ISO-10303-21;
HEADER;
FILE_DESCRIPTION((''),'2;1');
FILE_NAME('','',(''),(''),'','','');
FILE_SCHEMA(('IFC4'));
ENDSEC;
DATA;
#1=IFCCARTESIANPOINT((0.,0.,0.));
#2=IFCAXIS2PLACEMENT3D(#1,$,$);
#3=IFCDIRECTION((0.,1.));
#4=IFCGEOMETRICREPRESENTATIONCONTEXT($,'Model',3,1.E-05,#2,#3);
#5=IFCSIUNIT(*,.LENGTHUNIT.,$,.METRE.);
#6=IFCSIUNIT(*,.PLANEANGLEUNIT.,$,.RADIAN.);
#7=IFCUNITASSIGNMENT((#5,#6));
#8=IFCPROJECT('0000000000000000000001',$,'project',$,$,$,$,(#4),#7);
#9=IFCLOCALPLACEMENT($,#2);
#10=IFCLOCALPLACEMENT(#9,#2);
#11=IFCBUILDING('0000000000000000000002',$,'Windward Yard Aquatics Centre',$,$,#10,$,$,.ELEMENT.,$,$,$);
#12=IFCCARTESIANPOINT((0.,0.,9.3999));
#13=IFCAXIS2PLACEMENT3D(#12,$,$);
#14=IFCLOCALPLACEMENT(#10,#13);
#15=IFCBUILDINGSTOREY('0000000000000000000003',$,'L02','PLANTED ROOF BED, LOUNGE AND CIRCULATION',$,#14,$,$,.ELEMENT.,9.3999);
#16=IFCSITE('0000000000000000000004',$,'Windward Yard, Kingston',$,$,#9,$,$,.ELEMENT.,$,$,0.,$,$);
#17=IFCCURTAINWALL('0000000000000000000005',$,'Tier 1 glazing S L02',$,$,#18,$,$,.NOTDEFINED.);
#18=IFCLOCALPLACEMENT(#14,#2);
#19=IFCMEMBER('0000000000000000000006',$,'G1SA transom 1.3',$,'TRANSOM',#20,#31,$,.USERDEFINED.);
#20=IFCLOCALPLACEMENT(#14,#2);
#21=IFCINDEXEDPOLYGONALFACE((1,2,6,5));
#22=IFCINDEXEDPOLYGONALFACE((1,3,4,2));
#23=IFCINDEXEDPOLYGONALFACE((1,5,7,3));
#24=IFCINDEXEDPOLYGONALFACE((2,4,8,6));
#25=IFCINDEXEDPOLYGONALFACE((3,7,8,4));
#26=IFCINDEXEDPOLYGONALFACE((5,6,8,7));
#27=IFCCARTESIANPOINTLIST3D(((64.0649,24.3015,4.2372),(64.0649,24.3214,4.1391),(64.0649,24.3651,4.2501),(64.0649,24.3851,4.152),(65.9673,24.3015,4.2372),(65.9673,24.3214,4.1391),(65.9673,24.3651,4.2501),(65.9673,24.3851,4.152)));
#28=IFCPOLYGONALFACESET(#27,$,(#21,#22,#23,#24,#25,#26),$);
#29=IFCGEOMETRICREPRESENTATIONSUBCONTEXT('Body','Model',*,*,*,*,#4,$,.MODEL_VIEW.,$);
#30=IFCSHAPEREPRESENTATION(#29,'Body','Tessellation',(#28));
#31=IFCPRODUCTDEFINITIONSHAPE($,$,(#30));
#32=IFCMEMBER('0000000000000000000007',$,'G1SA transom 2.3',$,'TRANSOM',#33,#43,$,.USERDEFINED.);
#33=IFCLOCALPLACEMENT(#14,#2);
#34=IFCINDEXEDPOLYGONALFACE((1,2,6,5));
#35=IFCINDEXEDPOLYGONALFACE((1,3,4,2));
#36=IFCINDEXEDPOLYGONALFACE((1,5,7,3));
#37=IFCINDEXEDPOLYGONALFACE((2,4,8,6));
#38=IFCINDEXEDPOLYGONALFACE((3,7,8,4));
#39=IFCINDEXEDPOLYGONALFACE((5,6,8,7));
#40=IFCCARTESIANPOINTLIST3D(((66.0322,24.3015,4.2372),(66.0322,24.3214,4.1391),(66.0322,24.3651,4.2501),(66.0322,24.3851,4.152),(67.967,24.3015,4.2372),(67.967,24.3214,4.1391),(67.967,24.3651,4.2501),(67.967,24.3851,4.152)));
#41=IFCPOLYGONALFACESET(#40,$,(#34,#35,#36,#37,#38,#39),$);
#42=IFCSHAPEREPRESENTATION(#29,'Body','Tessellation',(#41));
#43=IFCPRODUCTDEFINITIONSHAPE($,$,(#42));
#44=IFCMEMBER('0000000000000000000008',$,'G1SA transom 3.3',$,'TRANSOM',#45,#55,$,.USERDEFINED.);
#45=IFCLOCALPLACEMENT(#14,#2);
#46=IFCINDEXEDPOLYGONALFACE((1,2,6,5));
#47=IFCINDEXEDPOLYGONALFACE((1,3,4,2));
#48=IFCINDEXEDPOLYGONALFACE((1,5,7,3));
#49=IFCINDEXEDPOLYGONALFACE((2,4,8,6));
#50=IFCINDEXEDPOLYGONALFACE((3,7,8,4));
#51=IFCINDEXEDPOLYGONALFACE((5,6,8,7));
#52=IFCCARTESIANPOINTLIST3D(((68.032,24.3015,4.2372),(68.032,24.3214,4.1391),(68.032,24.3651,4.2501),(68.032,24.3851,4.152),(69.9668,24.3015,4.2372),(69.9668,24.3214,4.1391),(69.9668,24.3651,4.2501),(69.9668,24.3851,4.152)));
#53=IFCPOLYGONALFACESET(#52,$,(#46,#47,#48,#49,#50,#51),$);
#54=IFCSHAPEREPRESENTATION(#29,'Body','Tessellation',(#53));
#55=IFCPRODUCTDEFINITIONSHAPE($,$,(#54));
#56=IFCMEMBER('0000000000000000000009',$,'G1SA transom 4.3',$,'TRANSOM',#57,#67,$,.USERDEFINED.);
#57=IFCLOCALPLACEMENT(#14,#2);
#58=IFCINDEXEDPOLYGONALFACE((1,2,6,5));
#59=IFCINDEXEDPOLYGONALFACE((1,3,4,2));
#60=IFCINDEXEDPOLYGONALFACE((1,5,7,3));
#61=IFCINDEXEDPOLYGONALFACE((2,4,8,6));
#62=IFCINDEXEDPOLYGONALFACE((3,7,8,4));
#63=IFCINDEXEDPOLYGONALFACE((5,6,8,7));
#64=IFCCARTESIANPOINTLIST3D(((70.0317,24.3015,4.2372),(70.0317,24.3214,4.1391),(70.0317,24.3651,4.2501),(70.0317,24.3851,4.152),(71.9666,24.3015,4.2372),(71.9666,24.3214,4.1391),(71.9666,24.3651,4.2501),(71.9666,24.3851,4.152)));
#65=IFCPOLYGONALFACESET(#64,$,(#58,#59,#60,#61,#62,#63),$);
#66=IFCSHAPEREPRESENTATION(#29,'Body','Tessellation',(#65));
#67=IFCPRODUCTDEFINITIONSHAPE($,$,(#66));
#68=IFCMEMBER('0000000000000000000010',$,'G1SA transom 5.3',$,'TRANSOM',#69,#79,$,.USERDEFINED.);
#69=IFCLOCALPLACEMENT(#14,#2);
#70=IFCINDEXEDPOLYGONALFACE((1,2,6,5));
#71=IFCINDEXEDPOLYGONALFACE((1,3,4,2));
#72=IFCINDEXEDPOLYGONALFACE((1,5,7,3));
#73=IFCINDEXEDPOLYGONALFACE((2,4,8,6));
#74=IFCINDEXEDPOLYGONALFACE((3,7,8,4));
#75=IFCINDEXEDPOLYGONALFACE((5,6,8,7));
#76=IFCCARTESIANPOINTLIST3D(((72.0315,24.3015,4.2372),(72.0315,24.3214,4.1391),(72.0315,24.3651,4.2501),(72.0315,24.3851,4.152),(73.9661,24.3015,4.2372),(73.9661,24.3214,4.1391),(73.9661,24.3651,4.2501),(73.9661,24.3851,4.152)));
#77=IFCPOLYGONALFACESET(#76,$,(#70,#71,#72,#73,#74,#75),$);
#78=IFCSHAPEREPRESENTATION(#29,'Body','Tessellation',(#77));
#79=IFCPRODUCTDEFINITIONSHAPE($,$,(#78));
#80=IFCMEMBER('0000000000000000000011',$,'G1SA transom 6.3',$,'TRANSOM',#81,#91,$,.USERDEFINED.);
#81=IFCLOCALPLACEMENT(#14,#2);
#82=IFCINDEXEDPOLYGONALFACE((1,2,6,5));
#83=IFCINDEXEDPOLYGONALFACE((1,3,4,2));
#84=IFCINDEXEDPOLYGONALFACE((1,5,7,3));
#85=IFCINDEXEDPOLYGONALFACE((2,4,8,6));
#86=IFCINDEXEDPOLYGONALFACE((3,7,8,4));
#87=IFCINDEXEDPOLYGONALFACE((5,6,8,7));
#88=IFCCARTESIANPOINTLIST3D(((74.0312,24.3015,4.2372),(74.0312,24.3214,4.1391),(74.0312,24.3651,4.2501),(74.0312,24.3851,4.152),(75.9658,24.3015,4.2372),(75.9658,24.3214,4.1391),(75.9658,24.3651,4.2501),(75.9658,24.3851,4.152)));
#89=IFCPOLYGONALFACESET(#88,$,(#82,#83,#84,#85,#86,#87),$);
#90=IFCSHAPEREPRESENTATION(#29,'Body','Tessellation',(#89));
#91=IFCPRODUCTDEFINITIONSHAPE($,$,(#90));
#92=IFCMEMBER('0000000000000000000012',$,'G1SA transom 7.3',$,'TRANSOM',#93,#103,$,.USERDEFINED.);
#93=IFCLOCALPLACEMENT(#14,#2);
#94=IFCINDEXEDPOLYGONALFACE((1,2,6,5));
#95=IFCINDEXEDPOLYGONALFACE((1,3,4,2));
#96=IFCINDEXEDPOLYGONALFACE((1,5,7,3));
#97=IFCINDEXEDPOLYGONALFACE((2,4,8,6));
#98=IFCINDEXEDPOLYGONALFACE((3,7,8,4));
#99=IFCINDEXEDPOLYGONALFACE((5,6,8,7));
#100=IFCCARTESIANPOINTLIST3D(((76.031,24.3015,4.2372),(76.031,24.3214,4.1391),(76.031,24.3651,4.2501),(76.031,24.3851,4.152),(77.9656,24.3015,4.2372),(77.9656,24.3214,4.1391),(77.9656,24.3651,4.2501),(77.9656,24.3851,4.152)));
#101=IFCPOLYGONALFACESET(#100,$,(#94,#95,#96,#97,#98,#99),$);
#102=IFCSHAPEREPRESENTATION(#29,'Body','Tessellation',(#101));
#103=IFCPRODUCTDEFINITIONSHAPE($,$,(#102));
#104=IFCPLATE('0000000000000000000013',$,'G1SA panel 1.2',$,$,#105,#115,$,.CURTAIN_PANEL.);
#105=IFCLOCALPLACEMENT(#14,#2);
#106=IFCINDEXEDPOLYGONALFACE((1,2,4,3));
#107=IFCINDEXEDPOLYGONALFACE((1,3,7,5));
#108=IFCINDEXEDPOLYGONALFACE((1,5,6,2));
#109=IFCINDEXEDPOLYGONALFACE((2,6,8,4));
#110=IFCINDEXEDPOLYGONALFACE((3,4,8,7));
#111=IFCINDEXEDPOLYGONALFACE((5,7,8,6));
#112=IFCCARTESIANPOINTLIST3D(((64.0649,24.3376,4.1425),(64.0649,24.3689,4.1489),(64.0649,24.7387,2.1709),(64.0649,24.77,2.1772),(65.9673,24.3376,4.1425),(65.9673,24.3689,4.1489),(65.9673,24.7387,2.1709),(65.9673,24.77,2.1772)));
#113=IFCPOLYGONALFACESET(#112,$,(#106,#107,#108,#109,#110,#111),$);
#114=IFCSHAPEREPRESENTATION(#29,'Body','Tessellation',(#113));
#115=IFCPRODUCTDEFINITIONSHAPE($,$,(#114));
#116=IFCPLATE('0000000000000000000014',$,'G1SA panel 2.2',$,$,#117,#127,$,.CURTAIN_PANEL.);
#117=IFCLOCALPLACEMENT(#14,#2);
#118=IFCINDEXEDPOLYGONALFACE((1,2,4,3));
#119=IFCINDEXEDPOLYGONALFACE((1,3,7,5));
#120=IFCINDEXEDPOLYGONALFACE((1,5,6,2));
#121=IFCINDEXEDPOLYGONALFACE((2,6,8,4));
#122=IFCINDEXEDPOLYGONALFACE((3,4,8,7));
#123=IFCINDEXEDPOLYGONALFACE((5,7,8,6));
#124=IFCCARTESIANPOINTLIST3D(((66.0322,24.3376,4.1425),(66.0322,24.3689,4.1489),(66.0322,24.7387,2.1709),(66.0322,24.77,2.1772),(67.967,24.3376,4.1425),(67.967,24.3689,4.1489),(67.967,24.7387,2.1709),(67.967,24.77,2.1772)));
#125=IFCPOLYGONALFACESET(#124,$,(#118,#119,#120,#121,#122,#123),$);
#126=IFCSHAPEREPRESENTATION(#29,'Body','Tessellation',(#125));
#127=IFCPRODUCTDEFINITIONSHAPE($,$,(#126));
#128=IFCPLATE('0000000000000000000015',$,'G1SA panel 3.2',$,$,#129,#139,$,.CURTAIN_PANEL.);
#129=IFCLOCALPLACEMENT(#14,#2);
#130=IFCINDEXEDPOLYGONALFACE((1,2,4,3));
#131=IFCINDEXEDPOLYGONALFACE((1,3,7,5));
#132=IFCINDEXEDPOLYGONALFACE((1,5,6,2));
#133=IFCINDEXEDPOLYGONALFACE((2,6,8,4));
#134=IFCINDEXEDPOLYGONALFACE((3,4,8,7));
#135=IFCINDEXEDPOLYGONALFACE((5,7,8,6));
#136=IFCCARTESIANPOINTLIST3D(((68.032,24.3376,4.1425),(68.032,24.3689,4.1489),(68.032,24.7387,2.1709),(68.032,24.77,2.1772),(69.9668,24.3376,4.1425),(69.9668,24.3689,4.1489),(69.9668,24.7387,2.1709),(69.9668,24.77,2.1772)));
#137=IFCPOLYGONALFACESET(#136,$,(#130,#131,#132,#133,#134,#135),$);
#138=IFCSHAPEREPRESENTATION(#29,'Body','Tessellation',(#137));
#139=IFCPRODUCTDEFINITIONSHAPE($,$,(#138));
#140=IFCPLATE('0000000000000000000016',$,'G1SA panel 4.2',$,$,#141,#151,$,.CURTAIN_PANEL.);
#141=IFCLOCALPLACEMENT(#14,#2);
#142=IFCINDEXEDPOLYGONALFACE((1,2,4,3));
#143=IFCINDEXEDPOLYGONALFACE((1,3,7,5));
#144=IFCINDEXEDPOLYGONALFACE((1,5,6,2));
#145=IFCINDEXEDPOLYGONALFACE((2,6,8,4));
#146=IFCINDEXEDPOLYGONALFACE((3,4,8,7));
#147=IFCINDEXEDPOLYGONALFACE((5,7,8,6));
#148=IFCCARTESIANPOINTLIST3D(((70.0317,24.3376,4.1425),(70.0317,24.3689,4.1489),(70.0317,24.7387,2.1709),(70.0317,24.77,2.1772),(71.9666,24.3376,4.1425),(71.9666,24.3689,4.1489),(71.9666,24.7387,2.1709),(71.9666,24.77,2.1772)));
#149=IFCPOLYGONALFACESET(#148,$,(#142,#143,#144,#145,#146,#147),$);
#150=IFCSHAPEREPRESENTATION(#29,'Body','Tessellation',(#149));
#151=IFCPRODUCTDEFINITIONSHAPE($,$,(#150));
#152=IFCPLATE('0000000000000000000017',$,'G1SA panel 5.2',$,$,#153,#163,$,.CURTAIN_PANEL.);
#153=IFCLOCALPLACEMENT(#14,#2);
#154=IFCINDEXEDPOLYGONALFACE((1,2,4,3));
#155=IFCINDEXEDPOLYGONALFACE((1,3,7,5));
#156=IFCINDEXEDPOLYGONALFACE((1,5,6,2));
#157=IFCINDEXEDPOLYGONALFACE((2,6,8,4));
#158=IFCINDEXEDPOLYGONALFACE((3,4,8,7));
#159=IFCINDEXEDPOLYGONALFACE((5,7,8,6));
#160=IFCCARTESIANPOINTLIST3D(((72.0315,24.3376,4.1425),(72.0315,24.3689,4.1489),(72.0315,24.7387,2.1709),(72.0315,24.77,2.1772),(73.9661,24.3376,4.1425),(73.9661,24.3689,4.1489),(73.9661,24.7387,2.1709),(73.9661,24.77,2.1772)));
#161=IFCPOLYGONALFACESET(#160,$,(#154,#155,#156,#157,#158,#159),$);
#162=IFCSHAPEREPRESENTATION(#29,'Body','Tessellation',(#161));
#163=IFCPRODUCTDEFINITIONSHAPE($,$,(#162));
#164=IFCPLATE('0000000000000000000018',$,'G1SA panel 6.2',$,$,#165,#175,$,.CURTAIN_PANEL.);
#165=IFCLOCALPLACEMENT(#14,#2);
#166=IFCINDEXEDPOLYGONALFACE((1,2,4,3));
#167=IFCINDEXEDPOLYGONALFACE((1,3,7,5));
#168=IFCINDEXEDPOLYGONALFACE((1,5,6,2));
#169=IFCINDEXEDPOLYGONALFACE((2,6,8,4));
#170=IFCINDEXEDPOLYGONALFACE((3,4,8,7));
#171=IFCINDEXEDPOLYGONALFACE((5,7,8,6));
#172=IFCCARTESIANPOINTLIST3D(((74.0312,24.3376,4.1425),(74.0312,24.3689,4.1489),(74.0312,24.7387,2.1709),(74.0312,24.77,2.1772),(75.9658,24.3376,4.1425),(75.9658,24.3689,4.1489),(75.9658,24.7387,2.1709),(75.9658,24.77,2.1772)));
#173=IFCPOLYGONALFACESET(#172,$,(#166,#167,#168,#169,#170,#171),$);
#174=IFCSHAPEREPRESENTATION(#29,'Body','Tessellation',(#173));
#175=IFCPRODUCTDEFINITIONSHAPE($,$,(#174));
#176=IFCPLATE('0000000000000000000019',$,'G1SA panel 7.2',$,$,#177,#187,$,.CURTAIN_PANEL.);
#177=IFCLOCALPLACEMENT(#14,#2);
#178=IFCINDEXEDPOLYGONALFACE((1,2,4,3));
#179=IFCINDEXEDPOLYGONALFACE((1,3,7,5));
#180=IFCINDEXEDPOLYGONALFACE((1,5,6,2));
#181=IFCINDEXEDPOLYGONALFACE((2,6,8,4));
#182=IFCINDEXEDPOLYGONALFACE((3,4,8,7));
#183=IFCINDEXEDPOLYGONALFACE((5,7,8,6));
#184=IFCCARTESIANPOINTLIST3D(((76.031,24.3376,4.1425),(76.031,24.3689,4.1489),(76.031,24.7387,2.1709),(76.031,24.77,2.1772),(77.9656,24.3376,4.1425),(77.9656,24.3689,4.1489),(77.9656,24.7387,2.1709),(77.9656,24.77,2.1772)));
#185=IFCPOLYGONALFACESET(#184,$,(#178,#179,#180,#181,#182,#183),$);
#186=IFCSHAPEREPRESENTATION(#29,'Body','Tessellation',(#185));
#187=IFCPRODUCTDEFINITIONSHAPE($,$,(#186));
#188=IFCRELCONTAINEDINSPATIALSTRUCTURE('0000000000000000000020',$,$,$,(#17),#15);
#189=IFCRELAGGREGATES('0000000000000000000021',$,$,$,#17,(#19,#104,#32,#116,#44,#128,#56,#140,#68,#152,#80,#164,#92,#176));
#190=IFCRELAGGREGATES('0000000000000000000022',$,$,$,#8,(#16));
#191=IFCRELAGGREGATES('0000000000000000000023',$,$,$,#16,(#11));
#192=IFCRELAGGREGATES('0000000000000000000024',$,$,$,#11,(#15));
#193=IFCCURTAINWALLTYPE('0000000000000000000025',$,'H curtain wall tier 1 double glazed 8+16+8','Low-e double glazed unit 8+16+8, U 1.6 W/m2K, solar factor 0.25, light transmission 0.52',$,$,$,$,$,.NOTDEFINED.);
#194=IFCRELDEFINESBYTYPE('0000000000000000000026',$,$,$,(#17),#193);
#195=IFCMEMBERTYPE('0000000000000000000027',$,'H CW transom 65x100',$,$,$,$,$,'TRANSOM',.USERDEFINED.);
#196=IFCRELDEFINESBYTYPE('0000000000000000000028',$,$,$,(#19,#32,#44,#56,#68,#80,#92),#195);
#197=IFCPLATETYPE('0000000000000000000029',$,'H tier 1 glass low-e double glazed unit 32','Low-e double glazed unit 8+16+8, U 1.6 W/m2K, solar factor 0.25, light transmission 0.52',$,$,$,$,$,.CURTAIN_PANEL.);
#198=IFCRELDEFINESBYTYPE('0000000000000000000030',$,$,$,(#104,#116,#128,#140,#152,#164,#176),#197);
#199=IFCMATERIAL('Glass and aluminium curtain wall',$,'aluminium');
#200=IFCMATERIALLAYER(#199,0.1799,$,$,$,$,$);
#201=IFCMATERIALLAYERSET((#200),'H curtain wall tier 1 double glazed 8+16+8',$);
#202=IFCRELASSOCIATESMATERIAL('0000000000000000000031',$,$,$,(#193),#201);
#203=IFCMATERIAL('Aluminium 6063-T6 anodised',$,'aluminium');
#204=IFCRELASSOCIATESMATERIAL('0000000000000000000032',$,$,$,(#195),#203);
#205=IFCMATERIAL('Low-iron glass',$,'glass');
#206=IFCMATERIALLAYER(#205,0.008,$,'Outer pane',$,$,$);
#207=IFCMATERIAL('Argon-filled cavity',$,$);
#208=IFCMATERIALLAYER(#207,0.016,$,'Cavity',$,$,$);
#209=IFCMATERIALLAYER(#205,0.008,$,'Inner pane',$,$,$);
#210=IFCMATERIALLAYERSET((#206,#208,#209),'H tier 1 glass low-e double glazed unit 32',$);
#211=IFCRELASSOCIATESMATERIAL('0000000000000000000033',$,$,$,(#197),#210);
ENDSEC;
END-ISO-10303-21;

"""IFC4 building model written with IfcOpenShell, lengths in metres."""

from ifc_helpers import new_model, si_unit, direction, frame, origin, origin_2d, place, context, subcontext, project, spatial, polyline, rectangle, outline, extrude, material, layer, layer_set, material_profile, profile_set, type_object, element, aggregate, save


model = new_model("IFC4")

# Units and contexts
model_context = context("Model", 3, precision=1e-05, world=origin(), true_north=direction((0.0, 1.0)))
body_context = subcontext(model_context, "Body", "Model", "MODEL_VIEW")
ifc_project = project(units=[si_unit("LENGTHUNIT", "METRE"), si_unit("PLANEANGLEUNIT", "RADIAN")], contexts=[model_context])

# Site, building, storey
site_placement = place(None, origin())
site = spatial("IfcSite", under=ifc_project, at=site_placement, Name="Windward Yard, Kingston", CompositionType="ELEMENT", RefElevation=0.0)
building_placement = place(site_placement, origin())
building = spatial("IfcBuilding", under=site, at=building_placement, Name="Windward Yard Aquatics Centre", CompositionType="ELEMENT")
storey_placement = place(building_placement, frame((0.0, 0.0, 9.3999)))
storey = spatial("IfcBuildingStorey", under=building, at=storey_placement, Name="L02", Description="PLANTED ROOF BED, LOUNGE AND CIRCULATION", CompositionType="ELEMENT", Elevation=9.3999)

# Curtain wall, members, plates
ifc_material_1 = material(Name="Glass and aluminium curtain wall", Category="aluminium")
ifc_layer_1 = layer(ifc_material_1, 0.1799)
ifc_layer_set_1 = layer_set([ifc_layer_1], Name="H curtain wall tier 1 double glazed 8+16+8")
curtain_wall_type = type_object("IfcCurtainWallType", Name="H curtain wall tier 1 double glazed 8+16+8", Description="Low-e double glazed unit 8+16+8, U 1.6 W/m2K, solar factor 0.25, light transmission 0.52", PredefinedType="NOTDEFINED", material=ifc_layer_set_1)
curtain_wall_placement = place(storey_placement, origin())
curtain_wall = element("IfcCurtainWall", 1, at=curtain_wall_placement, inside=storey, type_object=curtain_wall_type, Name="Tier 1 glazing S L02", PredefinedType="NOTDEFINED")
ifc_material_2 = material(Name="Aluminium 6063-T6 anodised", Category="aluminium")
ifc_material_profile = material_profile(ifc_material_2, rectangle(XDim=0.0649, YDim=0.1001, at=origin_2d()), Name="H CW transom 65x100")
ifc_profile_set = profile_set([ifc_material_profile], Name="Aluminium 6063-T6 anodised")
member_type = type_object("IfcMemberType", Name="H CW transom 65x100", ElementType="TRANSOM", PredefinedType="USERDEFINED", material=ifc_profile_set)
member_1_placement = place(storey_placement, frame((64.0649, 24.3433, 4.1946), z_axis=(1.0, 0.0, 0.0), x_axis=(0.0, 0.979925, 0.199368)))
member_1 = element("IfcMember", 2, at=member_1_placement, type_object=member_type, Name="G1SA transom 1.3", ObjectType="TRANSOM", PredefinedType="USERDEFINED", context=body_context, shape_type="SweptSolid", body=[
    extrude(rectangle(XDim=0.0649, YDim=0.1001, at=origin_2d()), origin(), (0.0, 0.0, 1.0), 1.9023),
])
member_2_placement = place(storey_placement, frame((66.0322, 24.3433, 4.1946), z_axis=(1.0, 0.0, 0.0), x_axis=(0.0, 0.979925, 0.199368)))
member_2 = element("IfcMember", 3, at=member_2_placement, type_object=member_type, Name="G1SA transom 2.3", ObjectType="TRANSOM", PredefinedType="USERDEFINED", context=body_context, shape_type="SweptSolid", body=[
    extrude(rectangle(XDim=0.0649, YDim=0.1001, at=origin_2d()), origin(), (0.0, 0.0, 1.0), 1.9348),
])
member_3_placement = place(storey_placement, frame((68.032, 24.3433, 4.1946), z_axis=(1.0, 0.0, 0.0), x_axis=(0.0, 0.979925, 0.199368)))
member_3 = element("IfcMember", 4, at=member_3_placement, type_object=member_type, Name="G1SA transom 3.3", ObjectType="TRANSOM", PredefinedType="USERDEFINED", context=body_context, shape_type="SweptSolid", body=[
    extrude(rectangle(XDim=0.0649, YDim=0.1001, at=origin_2d()), origin(), (0.0, 0.0, 1.0), 1.9348),
])
member_4_placement = place(storey_placement, frame((70.0317, 24.3433, 4.1946), z_axis=(1.0, 0.0, 0.0), x_axis=(0.0, 0.979925, 0.199368)))
member_4 = element("IfcMember", 5, at=member_4_placement, type_object=member_type, Name="G1SA transom 4.3", ObjectType="TRANSOM", PredefinedType="USERDEFINED", context=body_context, shape_type="SweptSolid", body=[
    extrude(rectangle(XDim=0.0649, YDim=0.1001, at=origin_2d()), origin(), (0.0, 0.0, 1.0), 1.9348),
])
member_5_placement = place(storey_placement, frame((72.0315, 24.3433, 4.1946), z_axis=(1.0, 0.0, 0.0), x_axis=(0.0, 0.979925, 0.199368)))
member_5 = element("IfcMember", 6, at=member_5_placement, type_object=member_type, Name="G1SA transom 5.3", ObjectType="TRANSOM", PredefinedType="USERDEFINED", context=body_context, shape_type="SweptSolid", body=[
    extrude(rectangle(XDim=0.0649, YDim=0.1001, at=origin_2d()), origin(), (0.0, 0.0, 1.0), 1.9346),
])
member_6_placement = place(storey_placement, frame((74.0312, 24.3433, 4.1946), z_axis=(1.0, 0.0, 0.0), x_axis=(0.0, 0.979925, 0.199368)))
member_6 = element("IfcMember", 7, at=member_6_placement, type_object=member_type, Name="G1SA transom 6.3", ObjectType="TRANSOM", PredefinedType="USERDEFINED", context=body_context, shape_type="SweptSolid", body=[
    extrude(rectangle(XDim=0.0649, YDim=0.1001, at=origin_2d()), origin(), (0.0, 0.0, 1.0), 1.9346),
])
member_7_placement = place(storey_placement, frame((76.031, 24.3433, 4.1946), z_axis=(1.0, 0.0, 0.0), x_axis=(0.0, 0.979925, 0.199368)))
member_7 = element("IfcMember", 8, at=member_7_placement, type_object=member_type, Name="G1SA transom 7.3", ObjectType="TRANSOM", PredefinedType="USERDEFINED", context=body_context, shape_type="SweptSolid", body=[
    extrude(rectangle(XDim=0.0649, YDim=0.1001, at=origin_2d()), origin(), (0.0, 0.0, 1.0), 1.9346),
])
ifc_material_3 = material(Name="Low-iron glass", Category="glass")
ifc_layer_2 = layer(ifc_material_3, 0.008, Name="Outer pane")
ifc_material_4 = material(Name="Argon-filled cavity")
ifc_layer_3 = layer(ifc_material_4, 0.016, Name="Cavity")
ifc_layer_4 = layer(ifc_material_3, 0.008, Name="Inner pane")
ifc_layer_set_2 = layer_set([ifc_layer_2, ifc_layer_3, ifc_layer_4], Name="H tier 1 glass low-e double glazed unit 32")
plate_type = type_object("IfcPlateType", Name="H tier 1 glass low-e double glazed unit 32", Description="Low-e double glazed unit 8+16+8, U 1.6 W/m2K, solar factor 0.25, light transmission 0.52", PredefinedType="CURTAIN_PANEL", material=ifc_layer_set_2)
plate_1_placement = place(storey_placement, frame((64.0649, 24.3689, 4.1489), z_axis=(0.0, 0.979927, 0.199359), x_axis=(0.0, 0.199359, -0.979927)))
plate_1 = element("IfcPlate", 9, at=plate_1_placement, type_object=plate_type, Name="G1SA panel 1.2", PredefinedType="CURTAIN_PANEL", context=body_context, shape_type="SweptSolid", body=[
    extrude(outline(polyline([(0.0, 0.0), (2.0121, 0.0), (2.0121, -1.9023), (0.0, -1.9023), (0.0, 0.0)])), origin(), (0.0, 0.0, -1.0), 0.032),
])
plate_2_placement = place(storey_placement, frame((66.0322, 24.3689, 4.1489), z_axis=(0.0, 0.979927, 0.199359), x_axis=(0.0, 0.199359, -0.979927)))
plate_2 = element("IfcPlate", 10, at=plate_2_placement, type_object=plate_type, Name="G1SA panel 2.2", PredefinedType="CURTAIN_PANEL", context=body_context, shape_type="SweptSolid", body=[
    extrude(outline(polyline([(0.0, 0.0), (2.0121, 0.0), (2.0121, -1.9348), (0.0, -1.9348), (0.0, 0.0)])), origin(), (0.0, 0.0, -1.0), 0.032),
])
plate_3_placement = place(storey_placement, frame((68.032, 24.3689, 4.1489), z_axis=(0.0, 0.979927, 0.199359), x_axis=(0.0, 0.199359, -0.979927)))
plate_3 = element("IfcPlate", 11, at=plate_3_placement, type_object=plate_type, Name="G1SA panel 3.2", PredefinedType="CURTAIN_PANEL", context=body_context, shape_type="SweptSolid", body=[
    extrude(outline(polyline([(0.0, 0.0), (2.0121, 0.0), (2.0121, -1.9348), (0.0, -1.9348), (0.0, 0.0)])), origin(), (0.0, 0.0, -1.0), 0.032),
])
plate_4_placement = place(storey_placement, frame((70.0317, 24.3689, 4.1489), z_axis=(0.0, 0.979927, 0.199359), x_axis=(0.0, 0.199359, -0.979927)))
plate_4 = element("IfcPlate", 12, at=plate_4_placement, type_object=plate_type, Name="G1SA panel 4.2", PredefinedType="CURTAIN_PANEL", context=body_context, shape_type="SweptSolid", body=[
    extrude(outline(polyline([(0.0, 0.0), (2.0121, 0.0), (2.0121, -1.9348), (0.0, -1.9348), (0.0, 0.0)])), origin(), (0.0, 0.0, -1.0), 0.032),
])
plate_5_placement = place(storey_placement, frame((72.0315, 24.3689, 4.1489), z_axis=(0.0, 0.979927, 0.199359), x_axis=(0.0, 0.199359, -0.979927)))
plate_5 = element("IfcPlate", 13, at=plate_5_placement, type_object=plate_type, Name="G1SA panel 5.2", PredefinedType="CURTAIN_PANEL", context=body_context, shape_type="SweptSolid", body=[
    extrude(outline(polyline([(0.0, 0.0), (2.0121, 0.0), (2.0121, -1.9346), (0.0, -1.9346), (0.0, 0.0)])), origin(), (0.0, 0.0, -1.0), 0.032),
])
plate_6_placement = place(storey_placement, frame((74.0312, 24.3689, 4.1489), z_axis=(0.0, 0.979927, 0.199359), x_axis=(0.0, 0.199359, -0.979927)))
plate_6 = element("IfcPlate", 14, at=plate_6_placement, type_object=plate_type, Name="G1SA panel 6.2", PredefinedType="CURTAIN_PANEL", context=body_context, shape_type="SweptSolid", body=[
    extrude(outline(polyline([(0.0, 0.0), (2.0121, 0.0), (2.0121, -1.9346), (0.0, -1.9346), (0.0, 0.0)])), origin(), (0.0, 0.0, -1.0), 0.032),
])
plate_7_placement = place(storey_placement, frame((76.031, 24.3689, 4.1489), z_axis=(0.0, 0.979927, 0.199359), x_axis=(0.0, 0.199359, -0.979927)))
plate_7 = element("IfcPlate", 15, at=plate_7_placement, type_object=plate_type, Name="G1SA panel 7.2", PredefinedType="CURTAIN_PANEL", context=body_context, shape_type="SweptSolid", body=[
    extrude(outline(polyline([(0.0, 0.0), (2.0121, 0.0), (2.0121, -1.9346), (0.0, -1.9346), (0.0, 0.0)])), origin(), (0.0, 0.0, -1.0), 0.032),
])
aggregate(curtain_wall, [member_1, plate_1, member_2, plate_2, member_3, plate_3, member_4, plate_4, member_5, plate_5, member_6, plate_6, member_7, plate_7])

save(model, "model.ifc")
